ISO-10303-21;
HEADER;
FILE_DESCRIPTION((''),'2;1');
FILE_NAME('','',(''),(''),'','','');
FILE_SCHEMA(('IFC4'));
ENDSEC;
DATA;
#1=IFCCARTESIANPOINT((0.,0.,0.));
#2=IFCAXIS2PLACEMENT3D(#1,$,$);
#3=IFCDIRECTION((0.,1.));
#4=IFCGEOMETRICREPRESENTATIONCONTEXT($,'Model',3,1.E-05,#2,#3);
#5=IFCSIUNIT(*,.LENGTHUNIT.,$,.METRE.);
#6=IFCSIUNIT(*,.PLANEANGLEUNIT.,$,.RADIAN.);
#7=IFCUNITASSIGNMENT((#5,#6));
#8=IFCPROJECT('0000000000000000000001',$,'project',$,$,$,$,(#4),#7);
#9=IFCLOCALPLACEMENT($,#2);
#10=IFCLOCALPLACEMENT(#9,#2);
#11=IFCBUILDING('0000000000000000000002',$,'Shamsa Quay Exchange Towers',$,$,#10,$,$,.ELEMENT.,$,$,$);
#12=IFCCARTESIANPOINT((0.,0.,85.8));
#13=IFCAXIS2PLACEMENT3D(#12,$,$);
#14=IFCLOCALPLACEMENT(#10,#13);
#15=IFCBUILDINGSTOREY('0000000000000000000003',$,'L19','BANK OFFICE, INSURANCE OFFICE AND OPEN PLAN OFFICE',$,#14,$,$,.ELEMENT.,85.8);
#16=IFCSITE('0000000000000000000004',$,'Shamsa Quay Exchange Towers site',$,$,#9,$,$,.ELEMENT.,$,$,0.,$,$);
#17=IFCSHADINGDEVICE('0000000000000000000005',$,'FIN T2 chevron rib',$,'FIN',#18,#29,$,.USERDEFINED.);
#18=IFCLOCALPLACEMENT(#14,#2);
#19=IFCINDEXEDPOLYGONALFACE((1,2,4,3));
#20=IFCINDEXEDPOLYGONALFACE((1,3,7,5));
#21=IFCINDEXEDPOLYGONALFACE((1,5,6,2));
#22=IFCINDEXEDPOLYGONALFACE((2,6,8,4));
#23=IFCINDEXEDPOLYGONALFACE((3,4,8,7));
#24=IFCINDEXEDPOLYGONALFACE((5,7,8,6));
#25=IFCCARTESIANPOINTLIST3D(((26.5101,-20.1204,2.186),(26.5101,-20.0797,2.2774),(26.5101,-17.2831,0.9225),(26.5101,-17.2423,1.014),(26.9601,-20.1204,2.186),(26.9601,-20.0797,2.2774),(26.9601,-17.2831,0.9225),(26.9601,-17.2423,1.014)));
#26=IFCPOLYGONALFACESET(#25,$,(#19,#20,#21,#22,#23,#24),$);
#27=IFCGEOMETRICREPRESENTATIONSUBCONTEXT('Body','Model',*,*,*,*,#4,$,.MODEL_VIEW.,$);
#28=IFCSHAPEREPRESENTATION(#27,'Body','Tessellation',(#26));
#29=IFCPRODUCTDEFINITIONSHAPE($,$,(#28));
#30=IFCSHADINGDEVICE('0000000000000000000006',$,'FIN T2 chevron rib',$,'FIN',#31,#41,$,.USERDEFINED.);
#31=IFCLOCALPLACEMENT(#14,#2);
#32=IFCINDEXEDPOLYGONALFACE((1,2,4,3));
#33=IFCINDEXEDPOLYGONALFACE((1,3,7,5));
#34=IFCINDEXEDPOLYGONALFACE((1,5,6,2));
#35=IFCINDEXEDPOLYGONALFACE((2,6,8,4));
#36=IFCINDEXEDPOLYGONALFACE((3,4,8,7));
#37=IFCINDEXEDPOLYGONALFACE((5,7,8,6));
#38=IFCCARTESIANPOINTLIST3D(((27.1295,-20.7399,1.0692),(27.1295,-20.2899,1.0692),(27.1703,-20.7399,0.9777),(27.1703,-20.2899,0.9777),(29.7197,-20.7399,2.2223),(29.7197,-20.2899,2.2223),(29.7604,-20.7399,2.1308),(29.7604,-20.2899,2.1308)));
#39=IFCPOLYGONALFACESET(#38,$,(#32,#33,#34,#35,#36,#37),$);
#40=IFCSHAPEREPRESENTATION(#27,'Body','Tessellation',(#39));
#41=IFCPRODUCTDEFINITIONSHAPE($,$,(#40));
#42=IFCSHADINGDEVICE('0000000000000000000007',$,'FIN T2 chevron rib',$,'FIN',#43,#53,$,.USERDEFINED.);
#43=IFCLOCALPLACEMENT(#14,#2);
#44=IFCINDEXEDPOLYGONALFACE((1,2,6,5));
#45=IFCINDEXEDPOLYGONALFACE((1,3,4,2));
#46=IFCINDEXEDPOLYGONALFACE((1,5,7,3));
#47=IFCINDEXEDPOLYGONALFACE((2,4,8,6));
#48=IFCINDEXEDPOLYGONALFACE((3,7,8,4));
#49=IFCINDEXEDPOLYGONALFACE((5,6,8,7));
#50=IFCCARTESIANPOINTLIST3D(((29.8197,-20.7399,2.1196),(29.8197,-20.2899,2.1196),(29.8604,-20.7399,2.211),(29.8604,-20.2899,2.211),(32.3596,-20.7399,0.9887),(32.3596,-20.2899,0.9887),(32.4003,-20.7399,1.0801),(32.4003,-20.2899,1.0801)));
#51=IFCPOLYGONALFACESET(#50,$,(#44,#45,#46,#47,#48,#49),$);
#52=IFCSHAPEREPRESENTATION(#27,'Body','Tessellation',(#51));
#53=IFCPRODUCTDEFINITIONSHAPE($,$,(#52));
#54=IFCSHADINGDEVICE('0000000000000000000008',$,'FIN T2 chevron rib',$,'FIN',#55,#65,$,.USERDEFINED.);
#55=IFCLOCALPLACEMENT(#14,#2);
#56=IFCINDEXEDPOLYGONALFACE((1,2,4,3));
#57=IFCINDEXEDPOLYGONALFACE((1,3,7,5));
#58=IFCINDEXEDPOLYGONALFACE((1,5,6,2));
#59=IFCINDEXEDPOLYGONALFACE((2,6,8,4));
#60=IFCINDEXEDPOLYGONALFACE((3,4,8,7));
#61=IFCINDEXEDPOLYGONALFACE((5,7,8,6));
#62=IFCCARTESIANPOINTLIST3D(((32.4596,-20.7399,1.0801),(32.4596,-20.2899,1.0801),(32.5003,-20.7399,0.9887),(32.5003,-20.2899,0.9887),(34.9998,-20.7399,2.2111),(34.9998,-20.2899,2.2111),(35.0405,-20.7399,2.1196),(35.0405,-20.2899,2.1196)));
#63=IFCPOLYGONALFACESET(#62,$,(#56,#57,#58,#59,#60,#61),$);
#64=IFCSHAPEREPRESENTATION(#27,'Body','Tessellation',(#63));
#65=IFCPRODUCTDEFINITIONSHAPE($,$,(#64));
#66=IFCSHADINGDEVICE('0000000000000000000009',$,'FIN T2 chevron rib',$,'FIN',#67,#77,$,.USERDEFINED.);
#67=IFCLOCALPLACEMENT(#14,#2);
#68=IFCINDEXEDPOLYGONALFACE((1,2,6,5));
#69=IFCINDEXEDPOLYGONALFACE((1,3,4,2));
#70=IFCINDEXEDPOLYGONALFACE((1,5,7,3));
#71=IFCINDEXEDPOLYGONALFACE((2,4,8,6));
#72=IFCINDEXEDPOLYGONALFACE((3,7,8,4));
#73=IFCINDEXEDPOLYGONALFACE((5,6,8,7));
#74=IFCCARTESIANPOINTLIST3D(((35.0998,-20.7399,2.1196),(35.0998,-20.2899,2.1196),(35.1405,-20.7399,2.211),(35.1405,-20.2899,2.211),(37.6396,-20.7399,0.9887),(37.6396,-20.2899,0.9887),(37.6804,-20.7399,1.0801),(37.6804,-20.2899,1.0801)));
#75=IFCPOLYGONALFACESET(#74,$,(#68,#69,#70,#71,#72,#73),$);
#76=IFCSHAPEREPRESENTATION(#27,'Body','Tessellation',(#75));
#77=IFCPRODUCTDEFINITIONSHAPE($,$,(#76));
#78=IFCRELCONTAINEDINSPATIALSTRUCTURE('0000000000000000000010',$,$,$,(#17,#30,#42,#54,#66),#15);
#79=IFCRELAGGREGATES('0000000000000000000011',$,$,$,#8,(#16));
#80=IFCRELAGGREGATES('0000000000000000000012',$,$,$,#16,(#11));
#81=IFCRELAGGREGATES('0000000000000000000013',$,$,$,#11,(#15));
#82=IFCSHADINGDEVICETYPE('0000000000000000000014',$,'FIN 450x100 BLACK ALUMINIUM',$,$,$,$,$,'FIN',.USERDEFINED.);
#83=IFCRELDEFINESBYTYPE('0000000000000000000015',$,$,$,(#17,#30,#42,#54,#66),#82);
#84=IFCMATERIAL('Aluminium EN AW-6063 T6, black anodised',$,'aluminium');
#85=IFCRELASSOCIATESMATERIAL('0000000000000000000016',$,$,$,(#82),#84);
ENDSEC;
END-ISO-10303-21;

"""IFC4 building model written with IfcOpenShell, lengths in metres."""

from ifc_helpers import new_model, si_unit, direction, frame, origin, origin_2d, place, context, subcontext, project, spatial, rectangle, extrude, material, material_profile, profile_set, type_object, element, save


model = new_model("IFC4")

# Units and contexts
model_context = context("Model", 3, precision=1e-05, world=origin(), true_north=direction((0.0, 1.0)))
body_context = subcontext(model_context, "Body", "Model", "MODEL_VIEW")
ifc_project = project(units=[si_unit("LENGTHUNIT", "METRE"), si_unit("PLANEANGLEUNIT", "RADIAN")], contexts=[model_context])

# Site, building, storey
site_placement = place(None, origin())
site = spatial("IfcSite", under=ifc_project, at=site_placement, Name="Shamsa Quay Exchange Towers site", CompositionType="ELEMENT", RefElevation=0.0)
building_placement = place(site_placement, origin())
building = spatial("IfcBuilding", under=site, at=building_placement, Name="Shamsa Quay Exchange Towers", CompositionType="ELEMENT")
storey_placement = place(building_placement, frame((0.0, 0.0, 85.8)))
storey = spatial("IfcBuildingStorey", under=building, at=storey_placement, Name="L19", Description="BANK OFFICE, INSURANCE OFFICE AND OPEN PLAN OFFICE", CompositionType="ELEMENT", Elevation=85.8)

# Shared definitions
ifc_material_1 = material(Name="Aluminium EN AW-6063 T6, black anodised", Category="aluminium")

# Shading devices
ifc_material_profile_1 = material_profile(ifc_material_1, rectangle(XDim=0.45, YDim=0.1001, at=origin_2d()), Name="FIN450x100")
ifc_profile_set_1 = profile_set([ifc_material_profile_1], Name="Aluminium EN AW-6063 T6, black anodised")
shading_device_type = type_object("IfcShadingDeviceType", Name="FIN 450x100 BLACK ALUMINIUM", ElementType="FIN", PredefinedType="USERDEFINED", material=ifc_profile_set_1)
shading_device_1_placement = place(storey_placement, frame((26.7351, -17.2627, 0.9683), z_axis=(0.0, -0.913529, 0.406773), x_axis=(1.0, 0.0, 0.0)))
element("IfcShadingDevice", 1, at=shading_device_1_placement, inside=storey, type_object=shading_device_type, Name="FIN T2 chevron rib", ObjectType="FIN", PredefinedType="USERDEFINED", context=body_context, shape_type="SweptSolid", body=[
    extrude(rectangle(XDim=0.45, YDim=0.1001, at=origin_2d()), origin(), (0.0, 0.0, 1.0), 3.106),
])
shading_device_2_placement = place(storey_placement, frame((27.1499, -20.5149, 1.0234), z_axis=(0.913559, 0.0, 0.406706), x_axis=(0.0, 1.0, 0.0)))
element("IfcShadingDevice", 2, at=shading_device_2_placement, inside=storey, type_object=shading_device_type, Name="FIN T2 chevron rib", ObjectType="FIN", PredefinedType="USERDEFINED", context=body_context, shape_type="SweptSolid", body=[
    extrude(rectangle(XDim=0.45, YDim=0.1001, at=origin_2d()), origin(), (0.0, 0.0, 1.0), 2.8352),
])
shading_device_3_placement = place(storey_placement, frame((29.8401, -20.5149, 2.1653), z_axis=(0.913536, 0.0, -0.406758), x_axis=(0.0, 1.0, 0.0)))
element("IfcShadingDevice", 3, at=shading_device_3_placement, inside=storey, type_object=shading_device_type, Name="FIN T2 chevron rib", ObjectType="FIN", PredefinedType="USERDEFINED", context=body_context, shape_type="SweptSolid", body=[
    extrude(rectangle(XDim=0.45, YDim=0.1001, at=origin_2d()), origin(), (0.0, 0.0, 1.0), 2.7803),
])
shading_device_4_placement = place(storey_placement, frame((32.48, -20.5149, 1.0344), z_axis=(0.913551, 0.0, 0.406725), x_axis=(0.0, 1.0, 0.0)))
element("IfcShadingDevice", 4, at=shading_device_4_placement, inside=storey, type_object=shading_device_type, Name="FIN T2 chevron rib", ObjectType="FIN", PredefinedType="USERDEFINED", context=body_context, shape_type="SweptSolid", body=[
    extrude(rectangle(XDim=0.45, YDim=0.1001, at=origin_2d()), origin(), (0.0, 0.0, 1.0), 2.7805),
])
shading_device_5_placement = place(storey_placement, frame((35.1201, -20.5149, 2.1653), z_axis=(0.913536, 0.0, -0.406758), x_axis=(0.0, 1.0, 0.0)))
element("IfcShadingDevice", 5, at=shading_device_5_placement, inside=storey, type_object=shading_device_type, Name="FIN T2 chevron rib", ObjectType="FIN", PredefinedType="USERDEFINED", context=body_context, shape_type="SweptSolid", body=[
    extrude(rectangle(XDim=0.45, YDim=0.1001, at=origin_2d()), origin(), (0.0, 0.0, 1.0), 2.7803),
])

save(model, "model.ifc")
